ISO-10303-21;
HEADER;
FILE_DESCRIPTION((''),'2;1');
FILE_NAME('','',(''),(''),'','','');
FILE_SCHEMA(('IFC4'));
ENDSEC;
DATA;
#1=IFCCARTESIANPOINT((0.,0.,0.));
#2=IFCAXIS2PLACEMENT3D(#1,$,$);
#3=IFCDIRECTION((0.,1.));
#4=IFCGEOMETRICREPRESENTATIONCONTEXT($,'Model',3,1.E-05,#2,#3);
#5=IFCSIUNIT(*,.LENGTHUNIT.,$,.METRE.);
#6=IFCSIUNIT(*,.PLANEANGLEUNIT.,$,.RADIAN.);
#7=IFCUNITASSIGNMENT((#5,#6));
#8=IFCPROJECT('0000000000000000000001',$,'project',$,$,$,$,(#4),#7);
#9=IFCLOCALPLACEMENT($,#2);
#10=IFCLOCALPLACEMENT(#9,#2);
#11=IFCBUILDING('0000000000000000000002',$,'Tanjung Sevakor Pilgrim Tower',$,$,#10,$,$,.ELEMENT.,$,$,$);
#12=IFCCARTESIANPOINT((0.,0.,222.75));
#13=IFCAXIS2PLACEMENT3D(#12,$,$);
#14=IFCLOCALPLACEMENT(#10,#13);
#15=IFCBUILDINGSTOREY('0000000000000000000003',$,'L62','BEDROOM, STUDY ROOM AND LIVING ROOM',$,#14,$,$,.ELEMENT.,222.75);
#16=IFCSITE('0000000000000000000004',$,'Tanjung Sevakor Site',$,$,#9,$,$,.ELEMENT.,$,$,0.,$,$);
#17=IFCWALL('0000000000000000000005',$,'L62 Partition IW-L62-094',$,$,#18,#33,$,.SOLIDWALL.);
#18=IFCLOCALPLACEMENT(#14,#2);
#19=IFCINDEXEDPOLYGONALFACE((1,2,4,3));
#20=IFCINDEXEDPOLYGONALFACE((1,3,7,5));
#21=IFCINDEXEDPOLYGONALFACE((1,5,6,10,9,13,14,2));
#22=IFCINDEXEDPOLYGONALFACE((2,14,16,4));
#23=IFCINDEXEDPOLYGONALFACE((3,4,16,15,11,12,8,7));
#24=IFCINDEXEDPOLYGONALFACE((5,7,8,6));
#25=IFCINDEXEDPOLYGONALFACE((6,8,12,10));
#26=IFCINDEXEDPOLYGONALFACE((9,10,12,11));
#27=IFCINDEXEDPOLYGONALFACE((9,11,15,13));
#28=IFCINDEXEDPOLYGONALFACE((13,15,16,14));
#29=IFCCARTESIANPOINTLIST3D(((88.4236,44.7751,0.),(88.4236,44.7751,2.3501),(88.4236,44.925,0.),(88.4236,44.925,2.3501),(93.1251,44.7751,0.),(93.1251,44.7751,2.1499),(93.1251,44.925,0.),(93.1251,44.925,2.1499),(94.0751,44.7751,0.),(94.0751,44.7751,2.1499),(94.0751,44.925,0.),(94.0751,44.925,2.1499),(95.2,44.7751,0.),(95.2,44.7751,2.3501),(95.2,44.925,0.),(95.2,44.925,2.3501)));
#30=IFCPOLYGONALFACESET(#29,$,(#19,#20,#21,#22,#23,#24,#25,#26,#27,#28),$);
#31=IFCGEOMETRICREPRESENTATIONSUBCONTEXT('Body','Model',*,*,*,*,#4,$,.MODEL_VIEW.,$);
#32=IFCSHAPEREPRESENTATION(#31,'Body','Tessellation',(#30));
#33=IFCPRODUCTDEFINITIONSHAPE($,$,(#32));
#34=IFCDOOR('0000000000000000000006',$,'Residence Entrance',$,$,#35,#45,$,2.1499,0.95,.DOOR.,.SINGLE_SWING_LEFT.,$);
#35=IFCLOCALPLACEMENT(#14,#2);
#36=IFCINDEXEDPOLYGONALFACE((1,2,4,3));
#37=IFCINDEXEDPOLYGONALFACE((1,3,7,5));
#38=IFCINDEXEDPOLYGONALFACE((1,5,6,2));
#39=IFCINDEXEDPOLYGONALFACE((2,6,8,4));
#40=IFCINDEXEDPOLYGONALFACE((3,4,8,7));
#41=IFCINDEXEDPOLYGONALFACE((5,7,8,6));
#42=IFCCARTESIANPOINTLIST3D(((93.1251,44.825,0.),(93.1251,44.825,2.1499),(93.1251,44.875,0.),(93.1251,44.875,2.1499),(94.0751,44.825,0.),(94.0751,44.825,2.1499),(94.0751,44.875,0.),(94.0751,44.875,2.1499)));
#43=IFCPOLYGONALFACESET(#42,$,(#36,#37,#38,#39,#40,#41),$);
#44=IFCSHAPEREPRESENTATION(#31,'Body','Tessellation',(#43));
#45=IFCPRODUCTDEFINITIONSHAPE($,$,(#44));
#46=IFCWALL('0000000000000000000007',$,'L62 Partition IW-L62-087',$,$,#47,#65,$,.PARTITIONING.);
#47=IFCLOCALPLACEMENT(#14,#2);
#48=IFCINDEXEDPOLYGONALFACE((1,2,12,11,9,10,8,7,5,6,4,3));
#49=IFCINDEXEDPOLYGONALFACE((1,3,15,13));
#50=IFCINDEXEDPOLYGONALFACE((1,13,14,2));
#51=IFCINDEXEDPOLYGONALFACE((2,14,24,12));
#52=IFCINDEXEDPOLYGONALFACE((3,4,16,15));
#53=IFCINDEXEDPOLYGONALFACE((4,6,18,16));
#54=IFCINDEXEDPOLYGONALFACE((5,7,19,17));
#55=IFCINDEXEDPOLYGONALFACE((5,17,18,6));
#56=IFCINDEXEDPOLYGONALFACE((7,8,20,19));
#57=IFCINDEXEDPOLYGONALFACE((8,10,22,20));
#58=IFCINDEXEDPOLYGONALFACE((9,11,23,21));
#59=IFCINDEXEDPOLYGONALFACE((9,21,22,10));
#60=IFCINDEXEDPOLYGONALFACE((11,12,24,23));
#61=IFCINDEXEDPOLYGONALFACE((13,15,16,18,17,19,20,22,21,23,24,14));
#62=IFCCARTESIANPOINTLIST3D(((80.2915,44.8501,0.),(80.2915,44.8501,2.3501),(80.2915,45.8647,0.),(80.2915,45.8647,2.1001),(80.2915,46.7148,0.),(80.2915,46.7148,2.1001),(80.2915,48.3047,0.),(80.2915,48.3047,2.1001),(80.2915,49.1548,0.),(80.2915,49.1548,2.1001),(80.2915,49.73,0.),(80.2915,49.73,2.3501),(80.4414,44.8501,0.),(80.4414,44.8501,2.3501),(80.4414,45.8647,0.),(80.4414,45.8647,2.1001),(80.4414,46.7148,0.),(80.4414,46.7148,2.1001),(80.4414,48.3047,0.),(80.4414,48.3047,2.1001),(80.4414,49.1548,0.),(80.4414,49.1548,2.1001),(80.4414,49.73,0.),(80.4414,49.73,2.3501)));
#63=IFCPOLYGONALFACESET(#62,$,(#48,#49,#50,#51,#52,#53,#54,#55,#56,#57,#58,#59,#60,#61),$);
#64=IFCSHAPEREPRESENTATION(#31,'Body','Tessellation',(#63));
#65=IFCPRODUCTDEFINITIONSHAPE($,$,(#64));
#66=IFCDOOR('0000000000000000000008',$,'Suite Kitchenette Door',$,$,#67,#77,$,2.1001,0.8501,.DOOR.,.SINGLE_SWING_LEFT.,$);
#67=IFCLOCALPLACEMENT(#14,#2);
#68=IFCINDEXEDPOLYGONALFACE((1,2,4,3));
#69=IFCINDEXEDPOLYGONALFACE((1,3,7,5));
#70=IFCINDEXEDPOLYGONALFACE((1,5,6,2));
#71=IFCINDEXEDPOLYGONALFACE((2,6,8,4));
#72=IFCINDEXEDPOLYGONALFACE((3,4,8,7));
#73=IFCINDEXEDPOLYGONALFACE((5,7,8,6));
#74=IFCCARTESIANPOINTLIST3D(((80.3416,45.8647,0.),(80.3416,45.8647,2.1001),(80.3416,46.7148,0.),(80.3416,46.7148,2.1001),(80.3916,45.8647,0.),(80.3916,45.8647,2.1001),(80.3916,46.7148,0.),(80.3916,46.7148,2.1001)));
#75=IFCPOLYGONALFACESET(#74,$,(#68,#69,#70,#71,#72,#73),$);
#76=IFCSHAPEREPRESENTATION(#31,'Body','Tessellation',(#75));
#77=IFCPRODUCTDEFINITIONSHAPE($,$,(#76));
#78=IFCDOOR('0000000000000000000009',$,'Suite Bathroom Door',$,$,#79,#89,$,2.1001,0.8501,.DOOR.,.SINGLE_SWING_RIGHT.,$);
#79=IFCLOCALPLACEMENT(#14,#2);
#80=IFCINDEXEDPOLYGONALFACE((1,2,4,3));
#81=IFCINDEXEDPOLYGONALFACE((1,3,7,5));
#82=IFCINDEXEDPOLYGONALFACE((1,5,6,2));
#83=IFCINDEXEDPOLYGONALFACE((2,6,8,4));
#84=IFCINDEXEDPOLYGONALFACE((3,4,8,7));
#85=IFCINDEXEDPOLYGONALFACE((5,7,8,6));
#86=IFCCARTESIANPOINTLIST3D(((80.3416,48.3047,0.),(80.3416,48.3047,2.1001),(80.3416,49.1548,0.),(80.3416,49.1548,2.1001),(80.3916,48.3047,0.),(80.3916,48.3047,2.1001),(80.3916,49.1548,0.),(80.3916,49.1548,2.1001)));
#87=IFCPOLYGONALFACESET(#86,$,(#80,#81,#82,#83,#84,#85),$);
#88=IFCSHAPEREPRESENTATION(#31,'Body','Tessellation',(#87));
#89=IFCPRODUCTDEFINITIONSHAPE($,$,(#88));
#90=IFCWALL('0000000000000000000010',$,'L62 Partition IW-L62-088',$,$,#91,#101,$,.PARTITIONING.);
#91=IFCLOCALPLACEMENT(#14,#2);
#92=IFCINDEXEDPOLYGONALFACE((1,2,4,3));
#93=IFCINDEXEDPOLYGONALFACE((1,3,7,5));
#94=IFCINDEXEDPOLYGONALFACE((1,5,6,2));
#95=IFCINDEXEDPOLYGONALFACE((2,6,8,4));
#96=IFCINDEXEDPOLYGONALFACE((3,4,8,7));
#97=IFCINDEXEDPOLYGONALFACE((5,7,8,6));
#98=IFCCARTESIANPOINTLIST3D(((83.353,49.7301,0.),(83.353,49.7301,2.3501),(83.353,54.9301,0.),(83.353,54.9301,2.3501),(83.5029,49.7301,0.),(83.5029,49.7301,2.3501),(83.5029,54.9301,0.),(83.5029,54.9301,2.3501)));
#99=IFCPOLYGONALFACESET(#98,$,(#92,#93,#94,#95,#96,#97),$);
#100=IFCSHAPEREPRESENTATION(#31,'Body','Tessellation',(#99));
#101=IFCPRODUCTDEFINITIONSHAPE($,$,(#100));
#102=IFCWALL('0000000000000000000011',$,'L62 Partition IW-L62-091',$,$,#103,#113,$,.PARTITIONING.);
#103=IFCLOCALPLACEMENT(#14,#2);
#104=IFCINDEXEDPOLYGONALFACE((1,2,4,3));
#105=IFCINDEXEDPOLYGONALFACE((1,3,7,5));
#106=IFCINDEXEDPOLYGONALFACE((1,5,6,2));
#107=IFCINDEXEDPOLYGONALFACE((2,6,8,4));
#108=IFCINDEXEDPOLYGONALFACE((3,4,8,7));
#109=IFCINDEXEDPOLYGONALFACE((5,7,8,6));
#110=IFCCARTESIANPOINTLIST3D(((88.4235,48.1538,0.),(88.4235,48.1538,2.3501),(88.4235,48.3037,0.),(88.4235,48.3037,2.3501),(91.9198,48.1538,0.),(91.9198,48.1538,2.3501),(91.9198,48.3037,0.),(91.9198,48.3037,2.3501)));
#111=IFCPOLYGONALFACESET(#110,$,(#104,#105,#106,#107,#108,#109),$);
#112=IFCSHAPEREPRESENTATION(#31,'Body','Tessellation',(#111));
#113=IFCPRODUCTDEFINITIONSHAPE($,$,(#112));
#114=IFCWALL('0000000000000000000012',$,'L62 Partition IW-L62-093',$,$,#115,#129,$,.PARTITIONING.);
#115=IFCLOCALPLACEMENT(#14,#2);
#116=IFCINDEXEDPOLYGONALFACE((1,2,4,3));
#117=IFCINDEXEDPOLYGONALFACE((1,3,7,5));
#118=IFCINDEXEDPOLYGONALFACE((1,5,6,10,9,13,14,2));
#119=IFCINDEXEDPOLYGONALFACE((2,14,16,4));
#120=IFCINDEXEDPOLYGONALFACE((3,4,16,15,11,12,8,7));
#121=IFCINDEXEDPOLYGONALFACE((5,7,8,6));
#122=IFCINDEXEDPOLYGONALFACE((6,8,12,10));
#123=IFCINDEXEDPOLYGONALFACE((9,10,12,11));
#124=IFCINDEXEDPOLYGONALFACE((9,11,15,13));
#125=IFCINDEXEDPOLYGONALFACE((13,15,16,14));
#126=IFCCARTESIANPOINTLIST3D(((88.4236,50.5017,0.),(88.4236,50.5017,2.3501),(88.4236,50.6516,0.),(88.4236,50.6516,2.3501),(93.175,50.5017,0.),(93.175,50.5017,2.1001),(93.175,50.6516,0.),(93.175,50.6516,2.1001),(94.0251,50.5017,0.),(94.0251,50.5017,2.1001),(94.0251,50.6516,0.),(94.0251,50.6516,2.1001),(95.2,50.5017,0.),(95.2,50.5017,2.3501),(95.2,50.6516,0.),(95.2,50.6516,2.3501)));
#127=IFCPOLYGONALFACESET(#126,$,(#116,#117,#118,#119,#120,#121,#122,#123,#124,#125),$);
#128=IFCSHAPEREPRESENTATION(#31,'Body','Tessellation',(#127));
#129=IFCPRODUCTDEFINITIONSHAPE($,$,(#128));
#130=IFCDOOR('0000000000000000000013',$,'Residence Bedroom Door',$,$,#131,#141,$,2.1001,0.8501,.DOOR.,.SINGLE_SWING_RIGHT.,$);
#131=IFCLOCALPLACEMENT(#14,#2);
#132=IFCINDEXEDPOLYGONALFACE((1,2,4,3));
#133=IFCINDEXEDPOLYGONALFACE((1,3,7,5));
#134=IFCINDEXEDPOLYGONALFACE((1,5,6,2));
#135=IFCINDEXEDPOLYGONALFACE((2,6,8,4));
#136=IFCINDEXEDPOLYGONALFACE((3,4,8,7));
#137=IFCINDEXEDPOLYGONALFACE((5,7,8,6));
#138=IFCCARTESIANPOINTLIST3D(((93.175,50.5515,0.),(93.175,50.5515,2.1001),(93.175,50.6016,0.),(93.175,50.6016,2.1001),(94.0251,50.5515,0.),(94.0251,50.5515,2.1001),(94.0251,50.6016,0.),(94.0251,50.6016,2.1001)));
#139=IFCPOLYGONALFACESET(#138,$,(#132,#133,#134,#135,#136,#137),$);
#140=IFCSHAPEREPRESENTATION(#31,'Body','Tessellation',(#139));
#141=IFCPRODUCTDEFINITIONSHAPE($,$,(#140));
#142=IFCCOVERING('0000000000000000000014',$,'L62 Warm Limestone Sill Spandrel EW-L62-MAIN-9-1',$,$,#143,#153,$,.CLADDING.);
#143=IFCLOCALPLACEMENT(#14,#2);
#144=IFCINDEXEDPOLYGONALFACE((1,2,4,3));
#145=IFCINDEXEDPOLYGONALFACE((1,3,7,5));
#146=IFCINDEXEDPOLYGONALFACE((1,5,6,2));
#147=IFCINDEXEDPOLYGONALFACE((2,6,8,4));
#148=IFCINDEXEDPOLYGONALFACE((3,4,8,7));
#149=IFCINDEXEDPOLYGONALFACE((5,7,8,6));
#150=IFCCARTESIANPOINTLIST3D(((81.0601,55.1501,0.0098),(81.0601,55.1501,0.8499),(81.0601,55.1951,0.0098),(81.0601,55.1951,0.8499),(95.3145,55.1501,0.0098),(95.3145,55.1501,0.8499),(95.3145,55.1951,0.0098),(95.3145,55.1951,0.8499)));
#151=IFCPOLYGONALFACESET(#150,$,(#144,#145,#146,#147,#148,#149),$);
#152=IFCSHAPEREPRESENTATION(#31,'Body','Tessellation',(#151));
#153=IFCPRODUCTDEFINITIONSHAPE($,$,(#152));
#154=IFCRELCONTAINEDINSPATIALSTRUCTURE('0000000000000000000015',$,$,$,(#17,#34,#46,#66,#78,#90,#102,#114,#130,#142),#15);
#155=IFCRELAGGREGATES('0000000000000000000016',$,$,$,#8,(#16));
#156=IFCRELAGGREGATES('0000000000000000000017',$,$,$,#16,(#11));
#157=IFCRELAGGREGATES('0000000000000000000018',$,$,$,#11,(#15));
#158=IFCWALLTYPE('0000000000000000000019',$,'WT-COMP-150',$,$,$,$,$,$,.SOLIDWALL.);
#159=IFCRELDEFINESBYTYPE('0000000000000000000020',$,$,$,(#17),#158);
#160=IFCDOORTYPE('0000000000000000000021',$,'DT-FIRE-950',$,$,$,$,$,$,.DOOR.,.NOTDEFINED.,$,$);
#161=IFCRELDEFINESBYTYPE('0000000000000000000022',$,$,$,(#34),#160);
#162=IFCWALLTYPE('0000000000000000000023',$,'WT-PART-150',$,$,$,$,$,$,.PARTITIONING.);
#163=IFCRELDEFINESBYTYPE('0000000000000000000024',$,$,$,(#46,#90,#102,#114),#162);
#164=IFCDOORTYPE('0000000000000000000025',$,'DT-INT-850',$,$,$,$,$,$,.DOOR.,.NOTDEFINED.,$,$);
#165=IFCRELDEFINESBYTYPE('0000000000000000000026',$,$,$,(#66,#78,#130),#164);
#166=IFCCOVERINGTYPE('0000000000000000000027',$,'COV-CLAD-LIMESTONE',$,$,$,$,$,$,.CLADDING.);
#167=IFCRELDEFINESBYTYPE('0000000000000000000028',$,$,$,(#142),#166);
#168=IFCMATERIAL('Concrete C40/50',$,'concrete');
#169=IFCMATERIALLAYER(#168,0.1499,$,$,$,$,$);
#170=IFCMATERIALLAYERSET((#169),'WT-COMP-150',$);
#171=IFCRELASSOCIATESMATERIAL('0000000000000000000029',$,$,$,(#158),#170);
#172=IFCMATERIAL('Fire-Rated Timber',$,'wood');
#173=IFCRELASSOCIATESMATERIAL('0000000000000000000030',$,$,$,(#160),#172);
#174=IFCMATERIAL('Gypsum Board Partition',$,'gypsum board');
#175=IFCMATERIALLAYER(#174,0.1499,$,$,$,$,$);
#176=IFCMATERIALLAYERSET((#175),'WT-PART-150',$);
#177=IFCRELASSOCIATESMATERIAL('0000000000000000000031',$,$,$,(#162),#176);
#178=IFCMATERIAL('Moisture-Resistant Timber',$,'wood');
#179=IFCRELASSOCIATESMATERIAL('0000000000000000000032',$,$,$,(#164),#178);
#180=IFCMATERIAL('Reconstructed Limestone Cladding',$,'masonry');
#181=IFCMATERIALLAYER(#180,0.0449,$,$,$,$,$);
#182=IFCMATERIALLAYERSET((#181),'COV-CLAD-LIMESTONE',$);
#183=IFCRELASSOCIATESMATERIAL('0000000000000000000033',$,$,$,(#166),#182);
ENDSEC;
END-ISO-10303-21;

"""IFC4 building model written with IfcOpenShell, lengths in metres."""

from ifc_helpers import new_model, si_unit, direction, frame, frame_2d, origin, origin_2d, place, context, subcontext, project, spatial, rectangle, extrude, material, layer, layer_set, type_object, element, fill, save


model = new_model("IFC4")

# Units and contexts
model_context = context("Model", 3, precision=1e-05, world=origin(), true_north=direction((0.0, 1.0)))
body_context = subcontext(model_context, "Body", "Model", "MODEL_VIEW")
ifc_project = project(units=[si_unit("LENGTHUNIT", "METRE"), si_unit("PLANEANGLEUNIT", "RADIAN")], contexts=[model_context])

# Site, building, storey
site_placement = place(None, origin())
site = spatial("IfcSite", under=ifc_project, at=site_placement, Name="Tanjung Sevakor Site", CompositionType="ELEMENT", RefElevation=0.0)
building_placement = place(site_placement, origin())
building = spatial("IfcBuilding", under=site, at=building_placement, Name="Tanjung Sevakor Pilgrim Tower", CompositionType="ELEMENT")
storey_placement = place(building_placement, frame((0.0, 0.0, 222.75)))
storey = spatial("IfcBuildingStorey", under=building, at=storey_placement, Name="L62", Description="BEDROOM, STUDY ROOM AND LIVING ROOM", CompositionType="ELEMENT", Elevation=222.75)

# Shared definitions
ifc_material_1 = material(Name="Concrete C40/50", Category="concrete")
ifc_layer_1 = layer(ifc_material_1, 0.1499)
ifc_layer_set_1 = layer_set([ifc_layer_1], Name="WT-COMP-150")
wall_type_1 = type_object("IfcWallType", Name="WT-COMP-150", PredefinedType="SOLIDWALL", material=ifc_layer_set_1)

# Wall, opening, door
ifc_material_2 = material(Name="Fire-Rated Timber", Category="wood")
door_type_1 = type_object("IfcDoorType", Name="DT-FIRE-950", OperationType="NOTDEFINED", PredefinedType="DOOR", material=ifc_material_2)
wall_1_placement = place(storey_placement, frame((88.4236, 44.8501, 0.0), z_axis=(0.0, 0.0, 1.0), x_axis=(1.0, 0.0, 0.0)))
wall_1 = element("IfcWall", 1, at=wall_1_placement, inside=storey, type_object=wall_type_1, Name="L62 Partition IW-L62-094", PredefinedType="SOLIDWALL", context=body_context, shape_type="SweptSolid", body=[
    extrude(rectangle(XDim=6.7764, YDim=0.1499, at=frame_2d((3.3882, 0.0))), origin(), (0.0, 0.0, 1.0), 2.3501),
])
opening_1_placement = place(wall_1_placement, frame((4.7014, 0.0, 0.0)))
opening_1 = element("IfcOpeningElement", 2, at=opening_1_placement, cuts=wall_1, PredefinedType="OPENING", context=body_context, shape_type="SweptSolid", body=[
    extrude(rectangle(XDim=0.95, YDim=2.1499, at=frame_2d((0.4751, 1.075))), frame((0.0, 0.085, 0.0), z_axis=(0.0, -1.0, 0.0), x_axis=(1.0, 0.0, 0.0)), (0.0, 0.0, 1.0), 0.1699),
])
door_1_placement = place(opening_1_placement, origin())
door_1 = element("IfcDoor", 3, at=door_1_placement, inside=storey, type_object=door_type_1, Name="Residence Entrance", OperationType="SINGLE_SWING_LEFT", OverallHeight=2.1499, OverallWidth=0.95, PredefinedType="DOOR", context=body_context, shape_type="SweptSolid", body=[
    extrude(rectangle(XDim=0.95, YDim=2.1499, at=frame_2d((0.4751, 1.075))), frame((0.0, 0.0249, 0.0), z_axis=(0.0, -1.0, 0.0), x_axis=(1.0, 0.0, 0.0)), (0.0, 0.0, 1.0), 0.05),
])
fill(opening_1, door_1)

# Wall, openings, doors
ifc_material_3 = material(Name="Gypsum Board Partition", Category="gypsum board")
ifc_layer_2 = layer(ifc_material_3, 0.1499)
ifc_layer_set_2 = layer_set([ifc_layer_2], Name="WT-PART-150")
wall_type_2 = type_object("IfcWallType", Name="WT-PART-150", PredefinedType="PARTITIONING", material=ifc_layer_set_2)
wall_2_placement = place(storey_placement, frame((80.3665, 44.8501, 0.0), z_axis=(0.0, 0.0, 1.0), x_axis=(0.0, 1.0, 0.0)))
wall_2 = element("IfcWall", 4, at=wall_2_placement, inside=storey, type_object=wall_type_2, Name="L62 Partition IW-L62-087", PredefinedType="PARTITIONING", context=body_context, shape_type="SweptSolid", body=[
    extrude(rectangle(XDim=4.8799, YDim=0.1499, at=frame_2d((2.4399, 0.0))), origin(), (0.0, 0.0, 1.0), 2.3501),
])
opening_2_placement = place(wall_2_placement, frame((1.0146, 0.0, 0.0)))
opening_2 = element("IfcOpeningElement", 5, at=opening_2_placement, cuts=wall_2, PredefinedType="OPENING", context=body_context, shape_type="SweptSolid", body=[
    extrude(rectangle(XDim=0.8501, YDim=2.1001, at=frame_2d((0.425, 1.05))), frame((0.0, 0.085, 0.0), z_axis=(0.0, -1.0, 0.0), x_axis=(1.0, 0.0, 0.0)), (0.0, 0.0, 1.0), 0.1699),
])
opening_3_placement = place(wall_2_placement, frame((3.4546, 0.0, 0.0)))
opening_3 = element("IfcOpeningElement", 6, at=opening_3_placement, cuts=wall_2, PredefinedType="OPENING", context=body_context, shape_type="SweptSolid", body=[
    extrude(rectangle(XDim=0.8501, YDim=2.1001, at=frame_2d((0.425, 1.05))), frame((0.0, 0.085, 0.0), z_axis=(0.0, -1.0, 0.0), x_axis=(1.0, 0.0, 0.0)), (0.0, 0.0, 1.0), 0.1699),
])
ifc_material_4 = material(Name="Moisture-Resistant Timber", Category="wood")
door_type_2 = type_object("IfcDoorType", Name="DT-INT-850", OperationType="NOTDEFINED", PredefinedType="DOOR", material=ifc_material_4)
door_2_placement = place(opening_2_placement, origin())
door_2 = element("IfcDoor", 7, at=door_2_placement, inside=storey, type_object=door_type_2, Name="Suite Kitchenette Door", OperationType="SINGLE_SWING_LEFT", OverallHeight=2.1001, OverallWidth=0.8501, PredefinedType="DOOR", context=body_context, shape_type="SweptSolid", body=[
    extrude(rectangle(XDim=0.8501, YDim=2.1001, at=frame_2d((0.425, 1.05))), frame((0.0, 0.0249, 0.0), z_axis=(0.0, -1.0, 0.0), x_axis=(1.0, 0.0, 0.0)), (0.0, 0.0, 1.0), 0.05),
])
fill(opening_2, door_2)
door_3_placement = place(opening_3_placement, origin())
door_3 = element("IfcDoor", 8, at=door_3_placement, inside=storey, type_object=door_type_2, Name="Suite Bathroom Door", OperationType="SINGLE_SWING_RIGHT", OverallHeight=2.1001, OverallWidth=0.8501, PredefinedType="DOOR", context=body_context, shape_type="SweptSolid", body=[
    extrude(rectangle(XDim=0.8501, YDim=2.1001, at=frame_2d((0.425, 1.05))), frame((0.0, 0.0249, 0.0), z_axis=(0.0, -1.0, 0.0), x_axis=(1.0, 0.0, 0.0)), (0.0, 0.0, 1.0), 0.05),
])
fill(opening_3, door_3)

# Walls
wall_3_placement = place(storey_placement, frame((83.428, 49.73, 0.0), z_axis=(0.0, 0.0, 1.0), x_axis=(0.0, 1.0, 0.0)))
element("IfcWall", 9, at=wall_3_placement, inside=storey, type_object=wall_type_2, Name="L62 Partition IW-L62-088", PredefinedType="PARTITIONING", context=body_context, shape_type="SweptSolid", body=[
    extrude(rectangle(XDim=5.2, YDim=0.1499, at=frame_2d((2.6001, 0.0))), origin(), (0.0, 0.0, 1.0), 2.3501),
])
wall_4_placement = place(storey_placement, frame((88.4236, 48.2288, 0.0), z_axis=(0.0, 0.0, 1.0), x_axis=(1.0, 0.0, 0.0)))
element("IfcWall", 10, at=wall_4_placement, inside=storey, type_object=wall_type_2, Name="L62 Partition IW-L62-091", PredefinedType="PARTITIONING", context=body_context, shape_type="SweptSolid", body=[
    extrude(rectangle(XDim=3.4963, YDim=0.1499, at=frame_2d((1.748, 0.0))), origin(), (0.0, 0.0, 1.0), 2.3501),
])

# Wall, opening, door
wall_5_placement = place(storey_placement, frame((88.4236, 50.5767, 0.0), z_axis=(0.0, 0.0, 1.0), x_axis=(1.0, 0.0, 0.0)))
wall_5 = element("IfcWall", 11, at=wall_5_placement, inside=storey, type_object=wall_type_2, Name="L62 Partition IW-L62-093", PredefinedType="PARTITIONING", context=body_context, shape_type="SweptSolid", body=[
    extrude(rectangle(XDim=6.7764, YDim=0.1499, at=frame_2d((3.3882, 0.0))), origin(), (0.0, 0.0, 1.0), 2.3501),
])
opening_4_placement = place(wall_5_placement, frame((4.7515, 0.0, 0.0)))
opening_4 = element("IfcOpeningElement", 12, at=opening_4_placement, cuts=wall_5, PredefinedType="OPENING", context=body_context, shape_type="SweptSolid", body=[
    extrude(rectangle(XDim=0.8501, YDim=2.1001, at=frame_2d((0.425, 1.05))), frame((0.0, 0.085, 0.0), z_axis=(0.0, -1.0, 0.0), x_axis=(1.0, 0.0, 0.0)), (0.0, 0.0, 1.0), 0.1699),
])
door_4_placement = place(opening_4_placement, origin())
door_4 = element("IfcDoor", 13, at=door_4_placement, inside=storey, type_object=door_type_2, Name="Residence Bedroom Door", OperationType="SINGLE_SWING_RIGHT", OverallHeight=2.1001, OverallWidth=0.8501, PredefinedType="DOOR", context=body_context, shape_type="SweptSolid", body=[
    extrude(rectangle(XDim=0.8501, YDim=2.1001, at=frame_2d((0.425, 1.05))), frame((0.0, 0.0249, 0.0), z_axis=(0.0, -1.0, 0.0), x_axis=(1.0, 0.0, 0.0)), (0.0, 0.0, 1.0), 0.05),
])
fill(opening_4, door_4)

# Covering
ifc_material_5 = material(Name="Reconstructed Limestone Cladding", Category="masonry")
ifc_layer_3 = layer(ifc_material_5, 0.0449)
ifc_layer_set_3 = layer_set([ifc_layer_3], Name="COV-CLAD-LIMESTONE")
covering_type = type_object("IfcCoveringType", Name="COV-CLAD-LIMESTONE", PredefinedType="CLADDING", material=ifc_layer_set_3)
covering_placement = place(storey_placement, frame((88.1873, 55.1726, 0.0098), z_axis=(0.0, 0.0, 1.0), x_axis=(-1.0, 0.0, 0.0)))
element("IfcCovering", 14, at=covering_placement, inside=storey, type_object=covering_type, Name="L62 Warm Limestone Sill Spandrel EW-L62-MAIN-9-1", PredefinedType="CLADDING", context=body_context, shape_type="SweptSolid", body=[
    extrude(rectangle(XDim=14.2544, YDim=0.0449, at=origin_2d()), origin(), (0.0, 0.0, 1.0), 0.8401),
])

save(model, "model.ifc")
